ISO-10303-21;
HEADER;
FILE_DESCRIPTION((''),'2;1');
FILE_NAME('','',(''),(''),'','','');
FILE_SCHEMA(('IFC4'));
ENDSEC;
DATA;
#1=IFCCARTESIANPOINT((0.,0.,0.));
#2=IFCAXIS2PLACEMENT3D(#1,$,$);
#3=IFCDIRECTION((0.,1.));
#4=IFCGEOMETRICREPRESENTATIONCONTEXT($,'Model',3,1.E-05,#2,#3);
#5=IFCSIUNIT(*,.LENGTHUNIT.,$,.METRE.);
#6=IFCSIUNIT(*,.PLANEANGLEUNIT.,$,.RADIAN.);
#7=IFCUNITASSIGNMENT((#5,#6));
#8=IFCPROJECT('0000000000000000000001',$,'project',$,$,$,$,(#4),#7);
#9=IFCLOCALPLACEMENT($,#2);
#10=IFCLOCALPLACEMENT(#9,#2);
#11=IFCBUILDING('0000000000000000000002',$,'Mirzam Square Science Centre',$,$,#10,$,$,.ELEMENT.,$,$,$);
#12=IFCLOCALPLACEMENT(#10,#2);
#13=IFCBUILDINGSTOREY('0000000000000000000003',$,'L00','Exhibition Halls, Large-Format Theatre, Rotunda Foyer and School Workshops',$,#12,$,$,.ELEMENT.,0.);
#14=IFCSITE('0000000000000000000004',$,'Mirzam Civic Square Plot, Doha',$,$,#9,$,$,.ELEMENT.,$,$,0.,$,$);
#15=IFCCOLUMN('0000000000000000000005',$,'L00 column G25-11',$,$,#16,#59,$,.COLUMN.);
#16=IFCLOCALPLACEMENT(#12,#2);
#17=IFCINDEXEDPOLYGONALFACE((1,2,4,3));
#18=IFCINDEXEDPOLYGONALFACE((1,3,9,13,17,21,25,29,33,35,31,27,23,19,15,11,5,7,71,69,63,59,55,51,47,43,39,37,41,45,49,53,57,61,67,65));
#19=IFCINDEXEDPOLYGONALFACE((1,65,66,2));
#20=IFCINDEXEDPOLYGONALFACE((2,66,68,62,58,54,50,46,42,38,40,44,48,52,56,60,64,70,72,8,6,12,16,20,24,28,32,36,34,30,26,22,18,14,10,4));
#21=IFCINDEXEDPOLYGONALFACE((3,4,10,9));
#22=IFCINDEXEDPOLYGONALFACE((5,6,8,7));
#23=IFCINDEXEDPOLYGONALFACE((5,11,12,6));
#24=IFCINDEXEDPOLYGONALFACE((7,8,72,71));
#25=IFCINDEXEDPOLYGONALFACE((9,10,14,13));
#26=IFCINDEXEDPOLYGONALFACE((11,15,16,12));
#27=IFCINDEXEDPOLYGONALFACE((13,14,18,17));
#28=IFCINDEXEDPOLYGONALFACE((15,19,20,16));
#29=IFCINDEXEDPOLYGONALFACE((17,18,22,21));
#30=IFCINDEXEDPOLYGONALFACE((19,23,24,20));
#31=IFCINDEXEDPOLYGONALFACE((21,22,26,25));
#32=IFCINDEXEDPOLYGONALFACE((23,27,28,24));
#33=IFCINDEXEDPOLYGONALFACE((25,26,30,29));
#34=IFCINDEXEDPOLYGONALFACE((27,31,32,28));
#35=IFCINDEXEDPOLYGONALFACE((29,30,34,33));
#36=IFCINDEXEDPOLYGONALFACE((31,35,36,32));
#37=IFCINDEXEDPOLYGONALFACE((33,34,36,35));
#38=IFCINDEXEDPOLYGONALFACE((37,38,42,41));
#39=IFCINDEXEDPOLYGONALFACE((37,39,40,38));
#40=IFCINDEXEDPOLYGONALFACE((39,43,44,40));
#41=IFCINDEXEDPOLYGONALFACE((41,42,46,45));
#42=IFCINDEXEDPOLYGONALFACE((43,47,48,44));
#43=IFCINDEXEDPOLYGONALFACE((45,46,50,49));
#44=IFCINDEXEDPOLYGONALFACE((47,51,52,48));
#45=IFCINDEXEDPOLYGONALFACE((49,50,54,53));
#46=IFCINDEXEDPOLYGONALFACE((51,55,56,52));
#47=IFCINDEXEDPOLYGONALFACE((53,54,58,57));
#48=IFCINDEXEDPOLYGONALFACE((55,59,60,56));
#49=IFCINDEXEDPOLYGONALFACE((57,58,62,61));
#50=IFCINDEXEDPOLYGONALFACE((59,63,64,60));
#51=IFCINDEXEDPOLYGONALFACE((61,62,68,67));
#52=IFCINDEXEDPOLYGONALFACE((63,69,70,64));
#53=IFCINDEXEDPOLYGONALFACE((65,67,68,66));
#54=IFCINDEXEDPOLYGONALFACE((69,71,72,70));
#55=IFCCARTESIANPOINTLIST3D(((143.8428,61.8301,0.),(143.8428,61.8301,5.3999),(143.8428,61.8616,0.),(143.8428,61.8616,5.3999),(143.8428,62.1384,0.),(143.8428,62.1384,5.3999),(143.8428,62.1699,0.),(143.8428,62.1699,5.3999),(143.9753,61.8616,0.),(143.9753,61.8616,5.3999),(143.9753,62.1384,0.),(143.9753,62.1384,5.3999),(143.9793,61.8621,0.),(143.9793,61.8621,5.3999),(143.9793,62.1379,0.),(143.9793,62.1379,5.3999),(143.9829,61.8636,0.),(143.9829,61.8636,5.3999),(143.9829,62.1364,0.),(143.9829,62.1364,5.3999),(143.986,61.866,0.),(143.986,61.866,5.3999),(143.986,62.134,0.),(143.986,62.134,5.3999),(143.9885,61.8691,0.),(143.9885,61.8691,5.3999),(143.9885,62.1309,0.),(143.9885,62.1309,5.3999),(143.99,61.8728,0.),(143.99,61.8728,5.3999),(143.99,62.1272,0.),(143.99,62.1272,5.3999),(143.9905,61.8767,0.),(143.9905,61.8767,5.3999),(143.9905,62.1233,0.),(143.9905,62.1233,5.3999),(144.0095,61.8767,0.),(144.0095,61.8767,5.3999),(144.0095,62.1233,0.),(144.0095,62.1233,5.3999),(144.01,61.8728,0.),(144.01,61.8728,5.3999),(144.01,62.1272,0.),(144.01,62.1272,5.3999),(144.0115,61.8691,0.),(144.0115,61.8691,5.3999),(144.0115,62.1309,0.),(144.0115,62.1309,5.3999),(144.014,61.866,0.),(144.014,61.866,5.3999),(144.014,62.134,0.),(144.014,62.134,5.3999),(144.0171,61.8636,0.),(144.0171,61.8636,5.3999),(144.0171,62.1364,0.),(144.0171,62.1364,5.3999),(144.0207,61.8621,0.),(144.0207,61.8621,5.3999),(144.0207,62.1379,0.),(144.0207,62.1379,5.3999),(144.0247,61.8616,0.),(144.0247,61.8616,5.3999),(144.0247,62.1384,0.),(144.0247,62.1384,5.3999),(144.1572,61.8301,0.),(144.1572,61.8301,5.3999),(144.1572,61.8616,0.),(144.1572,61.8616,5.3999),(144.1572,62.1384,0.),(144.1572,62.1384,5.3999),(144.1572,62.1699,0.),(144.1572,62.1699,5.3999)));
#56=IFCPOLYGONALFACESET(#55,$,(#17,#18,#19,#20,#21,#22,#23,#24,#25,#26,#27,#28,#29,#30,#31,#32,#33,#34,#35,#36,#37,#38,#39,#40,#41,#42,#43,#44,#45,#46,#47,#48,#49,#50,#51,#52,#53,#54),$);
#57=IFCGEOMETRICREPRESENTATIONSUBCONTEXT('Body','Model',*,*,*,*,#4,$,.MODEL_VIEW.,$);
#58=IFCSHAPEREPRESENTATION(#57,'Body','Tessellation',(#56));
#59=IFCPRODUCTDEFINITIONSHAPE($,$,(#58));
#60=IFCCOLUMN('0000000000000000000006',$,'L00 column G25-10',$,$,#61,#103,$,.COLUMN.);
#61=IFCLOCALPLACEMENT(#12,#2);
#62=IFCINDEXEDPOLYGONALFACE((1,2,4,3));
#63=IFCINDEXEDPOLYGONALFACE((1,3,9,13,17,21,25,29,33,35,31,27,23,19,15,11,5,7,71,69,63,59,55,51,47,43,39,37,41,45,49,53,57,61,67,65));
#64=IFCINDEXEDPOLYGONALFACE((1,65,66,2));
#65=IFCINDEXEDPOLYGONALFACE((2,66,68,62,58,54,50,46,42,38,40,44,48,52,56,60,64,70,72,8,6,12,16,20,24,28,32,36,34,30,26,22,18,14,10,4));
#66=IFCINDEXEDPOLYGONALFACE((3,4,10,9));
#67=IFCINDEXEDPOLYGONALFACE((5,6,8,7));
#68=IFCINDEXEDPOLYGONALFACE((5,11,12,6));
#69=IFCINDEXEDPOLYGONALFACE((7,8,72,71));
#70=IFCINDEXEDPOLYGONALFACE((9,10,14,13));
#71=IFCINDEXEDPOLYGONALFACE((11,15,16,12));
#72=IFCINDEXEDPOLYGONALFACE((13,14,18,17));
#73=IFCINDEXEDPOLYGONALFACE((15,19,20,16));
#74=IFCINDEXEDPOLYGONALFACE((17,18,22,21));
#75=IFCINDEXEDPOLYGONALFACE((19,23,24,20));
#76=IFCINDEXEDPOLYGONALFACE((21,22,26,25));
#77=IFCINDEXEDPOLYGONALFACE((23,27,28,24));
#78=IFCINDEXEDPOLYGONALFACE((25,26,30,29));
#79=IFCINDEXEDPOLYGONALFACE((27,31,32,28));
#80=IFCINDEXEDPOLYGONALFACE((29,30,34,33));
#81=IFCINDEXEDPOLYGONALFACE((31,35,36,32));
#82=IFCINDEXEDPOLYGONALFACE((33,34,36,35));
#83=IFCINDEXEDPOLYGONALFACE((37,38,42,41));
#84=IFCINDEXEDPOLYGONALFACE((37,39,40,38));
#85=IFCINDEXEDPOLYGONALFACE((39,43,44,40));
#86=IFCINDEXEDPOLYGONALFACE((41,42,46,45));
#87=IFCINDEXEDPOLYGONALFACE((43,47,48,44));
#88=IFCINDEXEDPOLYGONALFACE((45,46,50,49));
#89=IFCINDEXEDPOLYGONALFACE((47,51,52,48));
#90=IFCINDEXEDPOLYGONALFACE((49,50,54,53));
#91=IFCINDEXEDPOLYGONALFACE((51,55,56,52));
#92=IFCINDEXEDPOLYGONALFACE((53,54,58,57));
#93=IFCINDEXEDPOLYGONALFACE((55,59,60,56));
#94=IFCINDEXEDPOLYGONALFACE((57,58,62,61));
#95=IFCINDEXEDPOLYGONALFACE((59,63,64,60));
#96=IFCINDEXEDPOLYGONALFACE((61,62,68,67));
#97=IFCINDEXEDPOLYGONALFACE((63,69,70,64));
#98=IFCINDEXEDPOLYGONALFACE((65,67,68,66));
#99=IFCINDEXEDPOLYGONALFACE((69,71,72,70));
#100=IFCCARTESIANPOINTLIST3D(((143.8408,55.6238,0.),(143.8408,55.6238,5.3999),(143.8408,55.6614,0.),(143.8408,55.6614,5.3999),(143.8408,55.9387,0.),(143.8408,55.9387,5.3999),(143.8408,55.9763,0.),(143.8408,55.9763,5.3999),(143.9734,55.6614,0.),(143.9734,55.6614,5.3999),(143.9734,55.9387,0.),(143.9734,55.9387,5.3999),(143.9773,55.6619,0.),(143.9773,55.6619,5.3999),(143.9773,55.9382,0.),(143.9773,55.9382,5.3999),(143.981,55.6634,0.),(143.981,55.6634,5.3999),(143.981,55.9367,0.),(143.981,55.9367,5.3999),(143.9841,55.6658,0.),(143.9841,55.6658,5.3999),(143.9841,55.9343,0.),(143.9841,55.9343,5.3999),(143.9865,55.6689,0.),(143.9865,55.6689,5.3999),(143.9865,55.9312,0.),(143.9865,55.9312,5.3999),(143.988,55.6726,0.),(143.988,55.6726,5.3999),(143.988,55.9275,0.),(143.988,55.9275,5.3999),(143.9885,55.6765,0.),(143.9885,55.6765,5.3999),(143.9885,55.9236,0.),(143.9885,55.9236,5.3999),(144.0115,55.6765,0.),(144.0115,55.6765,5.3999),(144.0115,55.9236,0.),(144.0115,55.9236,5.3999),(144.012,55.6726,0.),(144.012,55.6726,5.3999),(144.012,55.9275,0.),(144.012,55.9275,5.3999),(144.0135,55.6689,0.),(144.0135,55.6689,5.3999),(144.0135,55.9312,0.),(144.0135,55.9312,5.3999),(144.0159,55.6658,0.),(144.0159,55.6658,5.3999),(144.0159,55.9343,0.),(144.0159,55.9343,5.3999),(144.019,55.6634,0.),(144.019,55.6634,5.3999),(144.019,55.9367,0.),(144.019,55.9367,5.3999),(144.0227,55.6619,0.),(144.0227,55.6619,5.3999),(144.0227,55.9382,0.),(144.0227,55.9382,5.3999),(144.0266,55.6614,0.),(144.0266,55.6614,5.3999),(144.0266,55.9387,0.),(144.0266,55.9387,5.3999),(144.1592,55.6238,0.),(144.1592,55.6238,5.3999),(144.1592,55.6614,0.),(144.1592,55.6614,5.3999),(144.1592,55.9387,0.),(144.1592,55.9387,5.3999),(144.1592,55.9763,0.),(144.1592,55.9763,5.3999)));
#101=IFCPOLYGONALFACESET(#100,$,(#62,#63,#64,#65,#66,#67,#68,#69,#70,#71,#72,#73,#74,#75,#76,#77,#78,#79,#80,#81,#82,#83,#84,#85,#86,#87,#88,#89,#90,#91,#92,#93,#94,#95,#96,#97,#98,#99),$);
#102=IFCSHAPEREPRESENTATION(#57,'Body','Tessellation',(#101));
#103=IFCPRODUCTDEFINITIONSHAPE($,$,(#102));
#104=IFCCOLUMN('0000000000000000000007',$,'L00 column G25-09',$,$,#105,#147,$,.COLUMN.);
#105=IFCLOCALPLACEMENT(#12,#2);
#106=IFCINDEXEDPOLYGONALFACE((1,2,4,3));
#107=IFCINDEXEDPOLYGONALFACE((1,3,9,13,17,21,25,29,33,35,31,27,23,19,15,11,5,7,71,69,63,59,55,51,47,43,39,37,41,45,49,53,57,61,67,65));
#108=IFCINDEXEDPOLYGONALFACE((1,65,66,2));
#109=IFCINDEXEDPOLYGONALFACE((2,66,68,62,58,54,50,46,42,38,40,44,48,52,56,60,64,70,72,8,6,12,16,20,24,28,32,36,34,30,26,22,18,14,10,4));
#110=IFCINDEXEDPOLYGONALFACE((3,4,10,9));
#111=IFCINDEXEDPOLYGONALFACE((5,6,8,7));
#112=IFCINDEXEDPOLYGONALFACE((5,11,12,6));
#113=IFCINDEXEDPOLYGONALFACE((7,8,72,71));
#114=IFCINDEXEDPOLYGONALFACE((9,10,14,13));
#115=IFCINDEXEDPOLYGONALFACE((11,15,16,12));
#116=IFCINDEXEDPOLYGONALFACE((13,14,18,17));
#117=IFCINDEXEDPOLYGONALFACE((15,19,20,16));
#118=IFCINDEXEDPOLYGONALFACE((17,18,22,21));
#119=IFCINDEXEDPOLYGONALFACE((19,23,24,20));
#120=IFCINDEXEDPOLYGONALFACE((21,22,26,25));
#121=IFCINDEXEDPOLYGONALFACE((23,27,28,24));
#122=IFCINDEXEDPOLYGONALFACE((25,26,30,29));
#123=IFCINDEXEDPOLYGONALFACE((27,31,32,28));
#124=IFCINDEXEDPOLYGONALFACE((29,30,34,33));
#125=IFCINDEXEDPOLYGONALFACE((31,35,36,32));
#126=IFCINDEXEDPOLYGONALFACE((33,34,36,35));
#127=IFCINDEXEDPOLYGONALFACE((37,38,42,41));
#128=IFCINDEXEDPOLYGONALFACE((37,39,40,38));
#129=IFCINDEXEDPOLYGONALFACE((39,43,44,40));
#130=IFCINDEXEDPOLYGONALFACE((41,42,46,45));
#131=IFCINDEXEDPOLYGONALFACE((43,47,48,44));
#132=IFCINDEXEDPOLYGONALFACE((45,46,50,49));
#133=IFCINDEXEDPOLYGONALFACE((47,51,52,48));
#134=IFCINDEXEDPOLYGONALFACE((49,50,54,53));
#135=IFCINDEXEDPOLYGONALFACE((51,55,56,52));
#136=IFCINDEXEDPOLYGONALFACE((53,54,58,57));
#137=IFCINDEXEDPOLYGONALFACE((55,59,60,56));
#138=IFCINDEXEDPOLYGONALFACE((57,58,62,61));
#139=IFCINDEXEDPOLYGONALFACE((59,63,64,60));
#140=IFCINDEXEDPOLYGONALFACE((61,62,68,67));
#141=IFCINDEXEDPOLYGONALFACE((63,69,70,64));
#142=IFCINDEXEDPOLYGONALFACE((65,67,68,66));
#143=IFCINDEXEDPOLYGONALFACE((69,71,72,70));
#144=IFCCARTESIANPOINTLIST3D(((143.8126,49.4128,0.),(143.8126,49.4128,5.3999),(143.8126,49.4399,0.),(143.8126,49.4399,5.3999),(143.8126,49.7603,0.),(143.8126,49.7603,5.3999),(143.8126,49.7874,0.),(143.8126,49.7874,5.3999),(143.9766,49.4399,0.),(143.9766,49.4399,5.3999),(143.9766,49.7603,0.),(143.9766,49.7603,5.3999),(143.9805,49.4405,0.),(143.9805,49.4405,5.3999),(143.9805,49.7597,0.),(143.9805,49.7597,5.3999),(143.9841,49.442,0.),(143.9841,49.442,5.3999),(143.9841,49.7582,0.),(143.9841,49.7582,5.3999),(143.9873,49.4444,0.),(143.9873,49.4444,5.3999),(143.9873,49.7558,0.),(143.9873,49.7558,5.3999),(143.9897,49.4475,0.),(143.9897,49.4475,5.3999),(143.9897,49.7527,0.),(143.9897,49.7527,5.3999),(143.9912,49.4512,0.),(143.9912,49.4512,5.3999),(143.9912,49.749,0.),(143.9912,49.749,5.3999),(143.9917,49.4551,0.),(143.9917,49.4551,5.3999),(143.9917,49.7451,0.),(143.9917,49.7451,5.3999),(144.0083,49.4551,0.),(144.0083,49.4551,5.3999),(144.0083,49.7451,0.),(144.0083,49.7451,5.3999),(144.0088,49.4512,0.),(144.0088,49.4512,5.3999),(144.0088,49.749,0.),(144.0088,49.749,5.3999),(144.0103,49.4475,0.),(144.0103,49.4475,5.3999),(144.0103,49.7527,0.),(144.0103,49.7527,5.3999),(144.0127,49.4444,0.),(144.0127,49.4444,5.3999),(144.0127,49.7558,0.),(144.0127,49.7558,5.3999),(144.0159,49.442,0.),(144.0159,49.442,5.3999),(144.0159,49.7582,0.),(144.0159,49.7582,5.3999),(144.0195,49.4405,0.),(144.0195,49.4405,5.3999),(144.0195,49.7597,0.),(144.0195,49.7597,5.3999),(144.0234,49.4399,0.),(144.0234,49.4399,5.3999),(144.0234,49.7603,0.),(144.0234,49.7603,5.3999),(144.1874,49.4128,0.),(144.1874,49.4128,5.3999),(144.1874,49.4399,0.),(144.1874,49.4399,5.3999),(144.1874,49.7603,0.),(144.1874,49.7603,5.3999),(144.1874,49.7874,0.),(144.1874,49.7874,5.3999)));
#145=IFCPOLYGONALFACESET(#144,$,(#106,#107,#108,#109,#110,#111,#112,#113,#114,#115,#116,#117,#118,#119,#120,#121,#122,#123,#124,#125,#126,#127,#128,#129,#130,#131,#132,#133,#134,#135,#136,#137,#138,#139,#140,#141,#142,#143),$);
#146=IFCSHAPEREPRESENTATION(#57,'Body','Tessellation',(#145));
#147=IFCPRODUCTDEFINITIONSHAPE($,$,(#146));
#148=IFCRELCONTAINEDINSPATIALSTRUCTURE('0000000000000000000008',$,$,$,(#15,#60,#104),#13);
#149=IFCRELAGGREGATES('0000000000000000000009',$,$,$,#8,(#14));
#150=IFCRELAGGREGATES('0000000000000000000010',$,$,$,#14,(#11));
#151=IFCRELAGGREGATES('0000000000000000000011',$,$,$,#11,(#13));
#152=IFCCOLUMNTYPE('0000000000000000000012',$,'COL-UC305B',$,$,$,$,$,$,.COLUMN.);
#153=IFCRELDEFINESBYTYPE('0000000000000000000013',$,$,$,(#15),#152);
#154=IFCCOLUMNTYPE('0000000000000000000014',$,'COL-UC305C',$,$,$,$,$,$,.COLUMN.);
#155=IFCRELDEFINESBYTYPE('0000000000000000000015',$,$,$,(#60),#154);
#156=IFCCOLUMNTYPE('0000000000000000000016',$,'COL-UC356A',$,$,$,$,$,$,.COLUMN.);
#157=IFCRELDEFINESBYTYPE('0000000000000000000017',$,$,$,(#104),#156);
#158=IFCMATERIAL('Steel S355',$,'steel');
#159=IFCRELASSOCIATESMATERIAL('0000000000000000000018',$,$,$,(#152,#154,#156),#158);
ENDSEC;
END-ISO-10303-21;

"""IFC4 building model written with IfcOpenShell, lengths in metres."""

from ifc_helpers import new_model, si_unit, direction, frame, origin, origin_2d, place, context, subcontext, project, spatial, i_section, extrude, material, material_profile, profile_set, type_object, element, save


model = new_model("IFC4")

# Units and contexts
model_context = context("Model", 3, precision=1e-05, world=origin(), true_north=direction((0.0, 1.0)))
body_context = subcontext(model_context, "Body", "Model", "MODEL_VIEW")
ifc_project = project(units=[si_unit("LENGTHUNIT", "METRE"), si_unit("PLANEANGLEUNIT", "RADIAN")], contexts=[model_context])

# Site, building, storey
site_placement = place(None, origin())
site = spatial("IfcSite", under=ifc_project, at=site_placement, Name="Mirzam Civic Square Plot, Doha", CompositionType="ELEMENT", RefElevation=0.0)
building_placement = place(site_placement, origin())
building = spatial("IfcBuilding", under=site, at=building_placement, Name="Mirzam Square Science Centre", CompositionType="ELEMENT")
storey_placement = place(building_placement, origin())
storey = spatial("IfcBuildingStorey", under=building, at=storey_placement, Name="L00", Description="Exhibition Halls, Large-Format Theatre, Rotunda Foyer and School Workshops", CompositionType="ELEMENT", Elevation=0.0)

# Columns
ifc_material_1 = material(Name="Steel S355", Category="steel")
ifc_material_profile_1 = material_profile(ifc_material_1, i_section(OverallWidth=0.3145, OverallDepth=0.3398, WebThickness=0.019, FlangeThickness=0.0315, FilletRadius=0.0151, at=origin_2d()), Name="305x305x198UC")
ifc_profile_set_1 = profile_set([ifc_material_profile_1], Name="Steel S355")
column_type_1 = type_object("IfcColumnType", Name="COL-UC305B", PredefinedType="COLUMN", material=ifc_profile_set_1)
column_1_placement = place(storey_placement, frame((144.0, 62.0, 0.0), z_axis=(0.0, 0.0, 1.0), x_axis=(1.0, 0.0, 0.0)))
element("IfcColumn", 1, at=column_1_placement, inside=storey, type_object=column_type_1, Name="L00 column G25-11", PredefinedType="COLUMN", context=body_context, shape_type="SweptSolid", body=[
    extrude(i_section(OverallWidth=0.3145, OverallDepth=0.3398, WebThickness=0.019, FlangeThickness=0.0315, FilletRadius=0.0151, at=origin_2d()), origin(), (0.0, 0.0, 1.0), 5.3999),
])
ifc_material_profile_2 = material_profile(ifc_material_1, i_section(OverallWidth=0.3184, OverallDepth=0.3525, WebThickness=0.0229, FlangeThickness=0.0376, FilletRadius=0.0151, at=origin_2d()), Name="305x305x240UC")
ifc_profile_set_2 = profile_set([ifc_material_profile_2], Name="Steel S355")
column_type_2 = type_object("IfcColumnType", Name="COL-UC305C", PredefinedType="COLUMN", material=ifc_profile_set_2)
column_2_placement = place(storey_placement, frame((144.0, 55.8, 0.0), z_axis=(0.0, 0.0, 1.0), x_axis=(1.0, 0.0, 0.0)))
element("IfcColumn", 2, at=column_2_placement, inside=storey, type_object=column_type_2, Name="L00 column G25-10", PredefinedType="COLUMN", context=body_context, shape_type="SweptSolid", body=[
    extrude(i_section(OverallWidth=0.3184, OverallDepth=0.3525, WebThickness=0.0229, FlangeThickness=0.0376, FilletRadius=0.0151, at=origin_2d()), origin(), (0.0, 0.0, 1.0), 5.3999),
])
ifc_material_profile_3 = material_profile(ifc_material_1, i_section(OverallWidth=0.3748, OverallDepth=0.3745, WebThickness=0.0166, FlangeThickness=0.0271, FilletRadius=0.0151, at=origin_2d()), Name="356x368x202UC")
ifc_profile_set_3 = profile_set([ifc_material_profile_3], Name="Steel S355")
column_type_3 = type_object("IfcColumnType", Name="COL-UC356A", PredefinedType="COLUMN", material=ifc_profile_set_3)
column_3_placement = place(storey_placement, frame((144.0, 49.6001, 0.0), z_axis=(0.0, 0.0, 1.0), x_axis=(1.0, 0.0, 0.0)))
element("IfcColumn", 3, at=column_3_placement, inside=storey, type_object=column_type_3, Name="L00 column G25-09", PredefinedType="COLUMN", context=body_context, shape_type="SweptSolid", body=[
    extrude(i_section(OverallWidth=0.3748, OverallDepth=0.3745, WebThickness=0.0166, FlangeThickness=0.0271, FilletRadius=0.0151, at=origin_2d()), origin(), (0.0, 0.0, 1.0), 5.3999),
])

save(model, "model.ifc")
